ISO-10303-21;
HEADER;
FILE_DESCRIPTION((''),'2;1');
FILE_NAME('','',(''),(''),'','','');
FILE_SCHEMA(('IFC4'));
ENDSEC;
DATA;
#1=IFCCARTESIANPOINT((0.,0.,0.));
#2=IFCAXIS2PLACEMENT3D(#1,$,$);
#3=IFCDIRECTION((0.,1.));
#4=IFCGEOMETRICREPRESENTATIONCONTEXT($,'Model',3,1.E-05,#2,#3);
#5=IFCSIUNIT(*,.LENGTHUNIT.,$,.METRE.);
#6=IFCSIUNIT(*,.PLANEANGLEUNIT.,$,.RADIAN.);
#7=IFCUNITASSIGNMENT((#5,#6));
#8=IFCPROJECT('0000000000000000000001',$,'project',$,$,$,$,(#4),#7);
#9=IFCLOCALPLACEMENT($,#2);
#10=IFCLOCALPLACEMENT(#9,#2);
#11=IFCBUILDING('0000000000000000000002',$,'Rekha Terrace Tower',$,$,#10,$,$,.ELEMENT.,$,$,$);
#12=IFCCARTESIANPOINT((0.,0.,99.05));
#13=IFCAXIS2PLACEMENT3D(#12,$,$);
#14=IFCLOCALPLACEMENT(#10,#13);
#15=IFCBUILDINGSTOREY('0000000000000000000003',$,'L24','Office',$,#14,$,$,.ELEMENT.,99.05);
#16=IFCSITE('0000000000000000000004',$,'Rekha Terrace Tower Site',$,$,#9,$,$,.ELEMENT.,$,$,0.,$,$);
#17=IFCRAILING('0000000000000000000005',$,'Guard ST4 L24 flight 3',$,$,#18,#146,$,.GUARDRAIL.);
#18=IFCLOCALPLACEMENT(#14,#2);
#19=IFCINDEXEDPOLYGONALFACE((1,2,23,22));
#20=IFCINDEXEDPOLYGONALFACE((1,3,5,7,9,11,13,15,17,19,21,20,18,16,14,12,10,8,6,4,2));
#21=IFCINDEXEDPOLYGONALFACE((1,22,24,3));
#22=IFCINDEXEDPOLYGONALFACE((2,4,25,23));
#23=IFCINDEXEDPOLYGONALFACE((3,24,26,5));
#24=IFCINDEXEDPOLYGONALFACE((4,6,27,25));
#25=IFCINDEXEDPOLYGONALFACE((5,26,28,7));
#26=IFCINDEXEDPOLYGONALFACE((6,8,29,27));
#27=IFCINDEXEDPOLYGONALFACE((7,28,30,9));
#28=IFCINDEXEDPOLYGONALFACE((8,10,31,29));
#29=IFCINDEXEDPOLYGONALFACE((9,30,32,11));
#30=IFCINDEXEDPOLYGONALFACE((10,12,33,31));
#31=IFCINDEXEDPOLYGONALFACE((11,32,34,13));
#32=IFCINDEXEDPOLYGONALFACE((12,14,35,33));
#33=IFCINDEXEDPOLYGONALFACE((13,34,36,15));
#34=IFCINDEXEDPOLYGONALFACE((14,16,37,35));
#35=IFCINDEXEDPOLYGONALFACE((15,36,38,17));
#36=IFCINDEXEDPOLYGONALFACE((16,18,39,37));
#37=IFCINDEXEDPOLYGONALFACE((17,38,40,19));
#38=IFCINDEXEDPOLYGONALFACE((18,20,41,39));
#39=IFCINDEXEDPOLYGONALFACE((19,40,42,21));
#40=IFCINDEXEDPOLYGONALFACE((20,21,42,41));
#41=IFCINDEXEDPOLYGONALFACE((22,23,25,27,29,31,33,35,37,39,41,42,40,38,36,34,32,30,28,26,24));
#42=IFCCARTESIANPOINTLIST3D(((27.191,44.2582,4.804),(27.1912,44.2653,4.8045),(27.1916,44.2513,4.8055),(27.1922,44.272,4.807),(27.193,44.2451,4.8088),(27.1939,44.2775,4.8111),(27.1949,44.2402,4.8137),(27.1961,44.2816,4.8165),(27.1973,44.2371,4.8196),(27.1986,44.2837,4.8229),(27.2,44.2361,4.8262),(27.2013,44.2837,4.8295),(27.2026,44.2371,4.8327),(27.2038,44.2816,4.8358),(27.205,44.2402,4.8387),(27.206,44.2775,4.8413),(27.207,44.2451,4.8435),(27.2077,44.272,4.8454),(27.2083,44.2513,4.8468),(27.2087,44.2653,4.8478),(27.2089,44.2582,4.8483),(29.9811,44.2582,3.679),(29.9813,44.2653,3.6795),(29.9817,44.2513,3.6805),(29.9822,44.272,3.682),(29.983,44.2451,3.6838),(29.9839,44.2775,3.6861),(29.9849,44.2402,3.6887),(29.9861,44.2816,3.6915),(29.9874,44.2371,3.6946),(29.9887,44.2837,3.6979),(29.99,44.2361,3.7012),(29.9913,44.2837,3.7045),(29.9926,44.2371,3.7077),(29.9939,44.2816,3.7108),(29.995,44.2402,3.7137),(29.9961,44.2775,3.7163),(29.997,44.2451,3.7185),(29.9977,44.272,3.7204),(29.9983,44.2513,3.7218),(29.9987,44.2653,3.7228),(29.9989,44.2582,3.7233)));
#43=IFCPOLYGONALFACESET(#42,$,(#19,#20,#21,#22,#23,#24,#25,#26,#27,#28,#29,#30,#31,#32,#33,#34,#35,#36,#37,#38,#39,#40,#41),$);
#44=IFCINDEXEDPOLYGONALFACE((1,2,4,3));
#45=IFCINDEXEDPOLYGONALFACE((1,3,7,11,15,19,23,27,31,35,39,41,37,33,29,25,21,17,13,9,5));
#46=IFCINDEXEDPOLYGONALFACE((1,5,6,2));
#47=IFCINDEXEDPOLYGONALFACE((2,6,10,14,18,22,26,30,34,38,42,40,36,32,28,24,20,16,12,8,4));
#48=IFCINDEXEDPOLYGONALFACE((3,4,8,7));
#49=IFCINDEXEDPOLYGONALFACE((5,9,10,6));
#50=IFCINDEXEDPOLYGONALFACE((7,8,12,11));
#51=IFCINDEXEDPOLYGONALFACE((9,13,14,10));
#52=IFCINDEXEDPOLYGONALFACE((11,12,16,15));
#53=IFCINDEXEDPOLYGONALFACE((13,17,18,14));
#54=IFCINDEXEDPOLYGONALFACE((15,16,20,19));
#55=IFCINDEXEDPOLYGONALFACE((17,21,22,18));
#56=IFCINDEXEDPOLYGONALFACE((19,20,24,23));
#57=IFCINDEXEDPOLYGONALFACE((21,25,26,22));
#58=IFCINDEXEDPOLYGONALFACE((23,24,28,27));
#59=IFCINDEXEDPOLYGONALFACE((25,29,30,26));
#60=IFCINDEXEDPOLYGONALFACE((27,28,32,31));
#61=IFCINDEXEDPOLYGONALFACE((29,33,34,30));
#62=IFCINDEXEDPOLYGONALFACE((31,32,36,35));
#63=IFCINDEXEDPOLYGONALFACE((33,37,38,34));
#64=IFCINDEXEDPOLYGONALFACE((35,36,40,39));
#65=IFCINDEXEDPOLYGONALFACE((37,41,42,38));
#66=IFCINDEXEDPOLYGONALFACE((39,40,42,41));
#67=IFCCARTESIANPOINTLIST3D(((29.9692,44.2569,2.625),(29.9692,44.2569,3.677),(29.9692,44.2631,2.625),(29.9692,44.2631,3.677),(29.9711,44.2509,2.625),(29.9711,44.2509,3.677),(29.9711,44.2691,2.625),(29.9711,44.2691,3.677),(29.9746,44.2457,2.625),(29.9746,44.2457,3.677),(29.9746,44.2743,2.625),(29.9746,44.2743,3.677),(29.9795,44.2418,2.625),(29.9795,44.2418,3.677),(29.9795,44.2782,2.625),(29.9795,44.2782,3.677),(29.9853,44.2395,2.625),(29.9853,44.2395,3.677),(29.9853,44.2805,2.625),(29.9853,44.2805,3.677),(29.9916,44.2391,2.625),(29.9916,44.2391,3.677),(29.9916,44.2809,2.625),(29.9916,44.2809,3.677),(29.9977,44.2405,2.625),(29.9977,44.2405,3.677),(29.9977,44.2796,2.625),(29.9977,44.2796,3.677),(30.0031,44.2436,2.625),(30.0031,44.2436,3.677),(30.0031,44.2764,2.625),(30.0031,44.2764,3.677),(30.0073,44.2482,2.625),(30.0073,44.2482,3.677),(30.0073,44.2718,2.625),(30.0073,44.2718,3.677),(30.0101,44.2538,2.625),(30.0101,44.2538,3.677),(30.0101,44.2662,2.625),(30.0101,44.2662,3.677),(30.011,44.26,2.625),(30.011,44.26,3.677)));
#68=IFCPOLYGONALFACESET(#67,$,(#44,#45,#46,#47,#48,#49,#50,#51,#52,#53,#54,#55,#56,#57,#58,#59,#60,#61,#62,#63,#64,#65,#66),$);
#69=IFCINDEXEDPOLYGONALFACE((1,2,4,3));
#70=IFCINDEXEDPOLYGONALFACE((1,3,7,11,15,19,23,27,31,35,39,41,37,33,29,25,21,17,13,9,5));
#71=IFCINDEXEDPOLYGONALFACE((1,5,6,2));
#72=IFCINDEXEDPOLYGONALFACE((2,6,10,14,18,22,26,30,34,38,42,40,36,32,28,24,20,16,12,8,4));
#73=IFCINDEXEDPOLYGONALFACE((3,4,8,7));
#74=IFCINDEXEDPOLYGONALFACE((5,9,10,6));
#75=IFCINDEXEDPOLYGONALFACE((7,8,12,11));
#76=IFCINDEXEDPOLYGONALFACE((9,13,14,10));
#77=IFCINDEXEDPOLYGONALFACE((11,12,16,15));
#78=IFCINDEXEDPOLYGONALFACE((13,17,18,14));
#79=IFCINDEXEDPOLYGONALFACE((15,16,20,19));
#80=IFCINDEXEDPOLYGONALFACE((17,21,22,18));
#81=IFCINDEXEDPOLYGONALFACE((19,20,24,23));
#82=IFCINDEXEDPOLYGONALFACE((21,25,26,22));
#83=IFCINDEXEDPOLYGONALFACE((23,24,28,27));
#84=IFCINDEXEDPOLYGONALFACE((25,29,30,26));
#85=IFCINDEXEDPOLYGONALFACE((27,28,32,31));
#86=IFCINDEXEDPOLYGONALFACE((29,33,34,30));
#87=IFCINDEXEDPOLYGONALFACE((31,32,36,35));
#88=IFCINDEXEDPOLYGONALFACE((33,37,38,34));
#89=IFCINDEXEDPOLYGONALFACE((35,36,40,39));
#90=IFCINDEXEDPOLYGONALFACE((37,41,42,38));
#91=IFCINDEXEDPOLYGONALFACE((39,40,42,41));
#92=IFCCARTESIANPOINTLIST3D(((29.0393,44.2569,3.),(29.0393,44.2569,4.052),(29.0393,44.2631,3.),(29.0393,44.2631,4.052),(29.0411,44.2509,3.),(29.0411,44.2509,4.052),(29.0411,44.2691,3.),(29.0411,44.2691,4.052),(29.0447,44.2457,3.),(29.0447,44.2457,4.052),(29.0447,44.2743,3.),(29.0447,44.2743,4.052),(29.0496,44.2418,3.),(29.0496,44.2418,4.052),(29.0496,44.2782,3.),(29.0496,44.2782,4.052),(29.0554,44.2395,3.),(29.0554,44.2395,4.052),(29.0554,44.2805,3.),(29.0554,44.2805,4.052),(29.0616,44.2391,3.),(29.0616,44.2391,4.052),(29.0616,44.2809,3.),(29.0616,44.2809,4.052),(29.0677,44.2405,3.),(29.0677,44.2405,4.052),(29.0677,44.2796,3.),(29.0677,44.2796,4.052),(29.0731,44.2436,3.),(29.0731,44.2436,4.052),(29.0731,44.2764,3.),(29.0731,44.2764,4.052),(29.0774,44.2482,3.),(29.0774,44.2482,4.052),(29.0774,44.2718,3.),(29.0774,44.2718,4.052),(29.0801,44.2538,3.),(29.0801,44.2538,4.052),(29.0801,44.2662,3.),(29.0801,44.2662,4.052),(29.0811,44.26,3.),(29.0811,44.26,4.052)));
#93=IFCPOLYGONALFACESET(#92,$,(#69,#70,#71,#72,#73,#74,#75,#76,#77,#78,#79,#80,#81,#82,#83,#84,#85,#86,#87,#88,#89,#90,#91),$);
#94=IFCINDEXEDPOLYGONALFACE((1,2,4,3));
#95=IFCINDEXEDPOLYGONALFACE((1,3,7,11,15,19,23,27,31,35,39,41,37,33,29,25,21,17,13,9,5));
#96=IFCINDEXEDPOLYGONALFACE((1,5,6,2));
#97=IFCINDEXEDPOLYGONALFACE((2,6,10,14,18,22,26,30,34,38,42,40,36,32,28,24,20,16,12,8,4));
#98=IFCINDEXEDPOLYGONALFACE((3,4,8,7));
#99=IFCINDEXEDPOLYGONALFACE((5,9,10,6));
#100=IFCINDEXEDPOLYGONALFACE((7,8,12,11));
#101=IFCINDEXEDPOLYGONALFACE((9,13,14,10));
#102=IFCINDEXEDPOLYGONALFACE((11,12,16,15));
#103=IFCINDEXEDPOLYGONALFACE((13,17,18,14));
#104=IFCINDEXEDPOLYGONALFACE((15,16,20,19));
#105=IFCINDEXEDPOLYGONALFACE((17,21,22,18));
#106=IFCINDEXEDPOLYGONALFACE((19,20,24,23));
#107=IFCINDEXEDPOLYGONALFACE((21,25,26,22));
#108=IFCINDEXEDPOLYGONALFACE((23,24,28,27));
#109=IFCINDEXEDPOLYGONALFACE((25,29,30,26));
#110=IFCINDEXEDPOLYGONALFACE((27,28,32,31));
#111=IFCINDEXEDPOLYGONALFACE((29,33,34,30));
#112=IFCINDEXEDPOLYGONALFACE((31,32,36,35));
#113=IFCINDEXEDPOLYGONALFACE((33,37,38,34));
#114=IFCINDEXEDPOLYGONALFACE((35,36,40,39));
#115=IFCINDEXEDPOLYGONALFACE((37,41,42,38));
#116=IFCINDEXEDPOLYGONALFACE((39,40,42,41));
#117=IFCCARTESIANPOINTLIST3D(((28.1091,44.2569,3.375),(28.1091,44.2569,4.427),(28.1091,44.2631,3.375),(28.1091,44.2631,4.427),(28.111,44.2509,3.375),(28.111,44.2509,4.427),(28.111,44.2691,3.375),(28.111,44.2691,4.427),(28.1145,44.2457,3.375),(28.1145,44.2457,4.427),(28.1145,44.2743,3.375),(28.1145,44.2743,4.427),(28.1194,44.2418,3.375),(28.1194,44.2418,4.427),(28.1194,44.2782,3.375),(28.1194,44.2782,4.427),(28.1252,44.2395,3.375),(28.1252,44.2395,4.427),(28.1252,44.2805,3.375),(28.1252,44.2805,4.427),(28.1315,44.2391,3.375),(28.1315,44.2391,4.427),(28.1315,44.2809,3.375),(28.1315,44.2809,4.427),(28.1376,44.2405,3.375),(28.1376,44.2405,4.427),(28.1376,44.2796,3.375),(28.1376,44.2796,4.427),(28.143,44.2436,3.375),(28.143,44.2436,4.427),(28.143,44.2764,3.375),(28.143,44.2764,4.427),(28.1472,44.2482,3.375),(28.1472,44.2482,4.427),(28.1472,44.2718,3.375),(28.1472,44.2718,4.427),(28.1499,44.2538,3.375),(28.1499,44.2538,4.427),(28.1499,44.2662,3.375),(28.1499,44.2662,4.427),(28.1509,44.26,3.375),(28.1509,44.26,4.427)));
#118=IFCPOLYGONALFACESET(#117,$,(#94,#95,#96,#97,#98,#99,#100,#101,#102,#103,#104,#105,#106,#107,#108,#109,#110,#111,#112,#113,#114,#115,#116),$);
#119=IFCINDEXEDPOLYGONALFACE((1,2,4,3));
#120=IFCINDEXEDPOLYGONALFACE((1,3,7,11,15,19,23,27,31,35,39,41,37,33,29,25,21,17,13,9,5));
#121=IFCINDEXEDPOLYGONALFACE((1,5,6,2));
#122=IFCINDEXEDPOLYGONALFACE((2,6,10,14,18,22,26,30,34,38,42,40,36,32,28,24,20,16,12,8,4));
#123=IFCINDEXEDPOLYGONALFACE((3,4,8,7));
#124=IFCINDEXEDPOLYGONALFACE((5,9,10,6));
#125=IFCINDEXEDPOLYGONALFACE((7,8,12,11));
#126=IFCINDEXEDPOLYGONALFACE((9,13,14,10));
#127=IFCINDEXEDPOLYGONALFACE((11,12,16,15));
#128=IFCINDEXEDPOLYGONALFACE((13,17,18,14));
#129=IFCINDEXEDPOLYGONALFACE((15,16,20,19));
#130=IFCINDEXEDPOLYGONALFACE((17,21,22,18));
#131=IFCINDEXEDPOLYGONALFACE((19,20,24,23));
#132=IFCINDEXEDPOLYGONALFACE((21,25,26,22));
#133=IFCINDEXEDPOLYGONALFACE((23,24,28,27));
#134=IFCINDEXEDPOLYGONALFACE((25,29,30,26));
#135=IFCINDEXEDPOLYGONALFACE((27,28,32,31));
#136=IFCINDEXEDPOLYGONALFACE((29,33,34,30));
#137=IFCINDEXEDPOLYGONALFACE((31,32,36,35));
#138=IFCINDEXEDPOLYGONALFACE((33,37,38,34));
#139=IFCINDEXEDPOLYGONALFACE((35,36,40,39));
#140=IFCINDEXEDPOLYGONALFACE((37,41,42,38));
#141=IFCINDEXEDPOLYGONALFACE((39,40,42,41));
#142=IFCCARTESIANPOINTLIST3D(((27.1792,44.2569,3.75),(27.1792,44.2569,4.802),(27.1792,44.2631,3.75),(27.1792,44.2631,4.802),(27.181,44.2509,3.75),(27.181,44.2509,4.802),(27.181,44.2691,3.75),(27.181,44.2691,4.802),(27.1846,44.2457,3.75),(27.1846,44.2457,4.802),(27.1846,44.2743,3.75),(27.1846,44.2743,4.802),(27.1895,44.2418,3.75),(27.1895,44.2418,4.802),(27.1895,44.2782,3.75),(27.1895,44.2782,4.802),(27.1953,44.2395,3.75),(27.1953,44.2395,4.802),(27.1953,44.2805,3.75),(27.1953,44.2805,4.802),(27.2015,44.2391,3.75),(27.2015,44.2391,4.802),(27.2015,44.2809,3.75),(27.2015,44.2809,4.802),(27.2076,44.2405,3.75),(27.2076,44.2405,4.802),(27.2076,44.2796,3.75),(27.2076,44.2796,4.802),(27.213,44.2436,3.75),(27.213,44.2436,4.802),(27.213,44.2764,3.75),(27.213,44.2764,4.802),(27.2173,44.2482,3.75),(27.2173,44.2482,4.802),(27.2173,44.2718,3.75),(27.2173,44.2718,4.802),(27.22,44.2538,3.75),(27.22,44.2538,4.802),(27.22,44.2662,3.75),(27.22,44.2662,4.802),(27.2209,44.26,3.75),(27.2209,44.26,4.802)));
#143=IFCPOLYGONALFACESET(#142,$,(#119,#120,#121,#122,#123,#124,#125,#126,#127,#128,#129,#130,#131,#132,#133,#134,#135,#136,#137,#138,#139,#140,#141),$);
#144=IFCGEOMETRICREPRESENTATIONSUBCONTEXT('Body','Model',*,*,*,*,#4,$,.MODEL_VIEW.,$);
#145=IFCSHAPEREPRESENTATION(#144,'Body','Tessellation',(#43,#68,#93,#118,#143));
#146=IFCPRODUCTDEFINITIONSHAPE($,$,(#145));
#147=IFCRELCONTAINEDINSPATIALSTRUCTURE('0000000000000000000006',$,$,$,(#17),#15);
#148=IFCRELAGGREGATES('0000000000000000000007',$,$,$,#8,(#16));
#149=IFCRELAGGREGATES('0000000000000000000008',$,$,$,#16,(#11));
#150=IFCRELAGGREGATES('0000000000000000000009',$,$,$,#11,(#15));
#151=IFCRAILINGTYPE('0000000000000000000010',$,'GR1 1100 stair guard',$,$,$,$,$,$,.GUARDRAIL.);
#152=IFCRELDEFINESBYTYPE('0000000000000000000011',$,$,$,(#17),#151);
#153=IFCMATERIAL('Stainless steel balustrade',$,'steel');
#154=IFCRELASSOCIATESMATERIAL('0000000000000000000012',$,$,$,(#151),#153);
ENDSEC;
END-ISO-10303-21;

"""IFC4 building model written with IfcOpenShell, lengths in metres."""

from ifc_helpers import new_model, si_unit, direction, frame, origin, origin_2d, place, context, subcontext, project, spatial, circle, extrude, material, type_object, element, save


model = new_model("IFC4")

# Units and contexts
model_context = context("Model", 3, precision=1e-05, world=origin(), true_north=direction((0.0, 1.0)))
body_context = subcontext(model_context, "Body", "Model", "MODEL_VIEW")
ifc_project = project(units=[si_unit("LENGTHUNIT", "METRE"), si_unit("PLANEANGLEUNIT", "RADIAN")], contexts=[model_context])

# Site, building, storey
site_placement = place(None, origin())
site = spatial("IfcSite", under=ifc_project, at=site_placement, Name="Rekha Terrace Tower Site", CompositionType="ELEMENT", RefElevation=0.0)
building_placement = place(site_placement, origin())
building = spatial("IfcBuilding", under=site, at=building_placement, Name="Rekha Terrace Tower", CompositionType="ELEMENT")
storey_placement = place(building_placement, frame((0.0, 0.0, 99.05)))
storey = spatial("IfcBuildingStorey", under=building, at=storey_placement, Name="L24", Description="Office", CompositionType="ELEMENT", Elevation=99.05)

# Railing
ifc_material_1 = material(Name="Stainless steel balustrade", Category="steel")
railing_type_1 = type_object("IfcRailingType", Name="GR1 1100 stair guard", PredefinedType="GUARDRAIL", material=ifc_material_1)
railing_1_placement = place(storey_placement, frame((29.99, 44.26, 2.625)))
element("IfcRailing", 1, at=railing_1_placement, inside=storey, type_object=railing_type_1, Name="Guard ST4 L24 flight 3", PredefinedType="GUARDRAIL", context=body_context, shape_type="SweptSolid", body=[
    extrude(circle(Radius=0.0239, at=origin_2d()), frame((0.0, 0.0, 1.0762), z_axis=(-0.927443, 0.0, 0.373964), x_axis=(0.0, -1.0, 0.0)), (0.0, 0.0, 1.0), 3.0083),
    extrude(circle(Radius=0.021, at=origin_2d()), origin(), (0.0, 0.0, 1.0), 1.052),
    extrude(circle(Radius=0.021, at=origin_2d()), frame((-0.9299, 0.0, 0.375)), (0.0, 0.0, 1.0), 1.052),
    extrude(circle(Radius=0.021, at=origin_2d()), frame((-1.8601, 0.0, 0.75)), (0.0, 0.0, 1.0), 1.052),
    extrude(circle(Radius=0.021, at=origin_2d()), frame((-2.79, 0.0, 1.125)), (0.0, 0.0, 1.0), 1.052),
])

save(model, "model.ifc")
